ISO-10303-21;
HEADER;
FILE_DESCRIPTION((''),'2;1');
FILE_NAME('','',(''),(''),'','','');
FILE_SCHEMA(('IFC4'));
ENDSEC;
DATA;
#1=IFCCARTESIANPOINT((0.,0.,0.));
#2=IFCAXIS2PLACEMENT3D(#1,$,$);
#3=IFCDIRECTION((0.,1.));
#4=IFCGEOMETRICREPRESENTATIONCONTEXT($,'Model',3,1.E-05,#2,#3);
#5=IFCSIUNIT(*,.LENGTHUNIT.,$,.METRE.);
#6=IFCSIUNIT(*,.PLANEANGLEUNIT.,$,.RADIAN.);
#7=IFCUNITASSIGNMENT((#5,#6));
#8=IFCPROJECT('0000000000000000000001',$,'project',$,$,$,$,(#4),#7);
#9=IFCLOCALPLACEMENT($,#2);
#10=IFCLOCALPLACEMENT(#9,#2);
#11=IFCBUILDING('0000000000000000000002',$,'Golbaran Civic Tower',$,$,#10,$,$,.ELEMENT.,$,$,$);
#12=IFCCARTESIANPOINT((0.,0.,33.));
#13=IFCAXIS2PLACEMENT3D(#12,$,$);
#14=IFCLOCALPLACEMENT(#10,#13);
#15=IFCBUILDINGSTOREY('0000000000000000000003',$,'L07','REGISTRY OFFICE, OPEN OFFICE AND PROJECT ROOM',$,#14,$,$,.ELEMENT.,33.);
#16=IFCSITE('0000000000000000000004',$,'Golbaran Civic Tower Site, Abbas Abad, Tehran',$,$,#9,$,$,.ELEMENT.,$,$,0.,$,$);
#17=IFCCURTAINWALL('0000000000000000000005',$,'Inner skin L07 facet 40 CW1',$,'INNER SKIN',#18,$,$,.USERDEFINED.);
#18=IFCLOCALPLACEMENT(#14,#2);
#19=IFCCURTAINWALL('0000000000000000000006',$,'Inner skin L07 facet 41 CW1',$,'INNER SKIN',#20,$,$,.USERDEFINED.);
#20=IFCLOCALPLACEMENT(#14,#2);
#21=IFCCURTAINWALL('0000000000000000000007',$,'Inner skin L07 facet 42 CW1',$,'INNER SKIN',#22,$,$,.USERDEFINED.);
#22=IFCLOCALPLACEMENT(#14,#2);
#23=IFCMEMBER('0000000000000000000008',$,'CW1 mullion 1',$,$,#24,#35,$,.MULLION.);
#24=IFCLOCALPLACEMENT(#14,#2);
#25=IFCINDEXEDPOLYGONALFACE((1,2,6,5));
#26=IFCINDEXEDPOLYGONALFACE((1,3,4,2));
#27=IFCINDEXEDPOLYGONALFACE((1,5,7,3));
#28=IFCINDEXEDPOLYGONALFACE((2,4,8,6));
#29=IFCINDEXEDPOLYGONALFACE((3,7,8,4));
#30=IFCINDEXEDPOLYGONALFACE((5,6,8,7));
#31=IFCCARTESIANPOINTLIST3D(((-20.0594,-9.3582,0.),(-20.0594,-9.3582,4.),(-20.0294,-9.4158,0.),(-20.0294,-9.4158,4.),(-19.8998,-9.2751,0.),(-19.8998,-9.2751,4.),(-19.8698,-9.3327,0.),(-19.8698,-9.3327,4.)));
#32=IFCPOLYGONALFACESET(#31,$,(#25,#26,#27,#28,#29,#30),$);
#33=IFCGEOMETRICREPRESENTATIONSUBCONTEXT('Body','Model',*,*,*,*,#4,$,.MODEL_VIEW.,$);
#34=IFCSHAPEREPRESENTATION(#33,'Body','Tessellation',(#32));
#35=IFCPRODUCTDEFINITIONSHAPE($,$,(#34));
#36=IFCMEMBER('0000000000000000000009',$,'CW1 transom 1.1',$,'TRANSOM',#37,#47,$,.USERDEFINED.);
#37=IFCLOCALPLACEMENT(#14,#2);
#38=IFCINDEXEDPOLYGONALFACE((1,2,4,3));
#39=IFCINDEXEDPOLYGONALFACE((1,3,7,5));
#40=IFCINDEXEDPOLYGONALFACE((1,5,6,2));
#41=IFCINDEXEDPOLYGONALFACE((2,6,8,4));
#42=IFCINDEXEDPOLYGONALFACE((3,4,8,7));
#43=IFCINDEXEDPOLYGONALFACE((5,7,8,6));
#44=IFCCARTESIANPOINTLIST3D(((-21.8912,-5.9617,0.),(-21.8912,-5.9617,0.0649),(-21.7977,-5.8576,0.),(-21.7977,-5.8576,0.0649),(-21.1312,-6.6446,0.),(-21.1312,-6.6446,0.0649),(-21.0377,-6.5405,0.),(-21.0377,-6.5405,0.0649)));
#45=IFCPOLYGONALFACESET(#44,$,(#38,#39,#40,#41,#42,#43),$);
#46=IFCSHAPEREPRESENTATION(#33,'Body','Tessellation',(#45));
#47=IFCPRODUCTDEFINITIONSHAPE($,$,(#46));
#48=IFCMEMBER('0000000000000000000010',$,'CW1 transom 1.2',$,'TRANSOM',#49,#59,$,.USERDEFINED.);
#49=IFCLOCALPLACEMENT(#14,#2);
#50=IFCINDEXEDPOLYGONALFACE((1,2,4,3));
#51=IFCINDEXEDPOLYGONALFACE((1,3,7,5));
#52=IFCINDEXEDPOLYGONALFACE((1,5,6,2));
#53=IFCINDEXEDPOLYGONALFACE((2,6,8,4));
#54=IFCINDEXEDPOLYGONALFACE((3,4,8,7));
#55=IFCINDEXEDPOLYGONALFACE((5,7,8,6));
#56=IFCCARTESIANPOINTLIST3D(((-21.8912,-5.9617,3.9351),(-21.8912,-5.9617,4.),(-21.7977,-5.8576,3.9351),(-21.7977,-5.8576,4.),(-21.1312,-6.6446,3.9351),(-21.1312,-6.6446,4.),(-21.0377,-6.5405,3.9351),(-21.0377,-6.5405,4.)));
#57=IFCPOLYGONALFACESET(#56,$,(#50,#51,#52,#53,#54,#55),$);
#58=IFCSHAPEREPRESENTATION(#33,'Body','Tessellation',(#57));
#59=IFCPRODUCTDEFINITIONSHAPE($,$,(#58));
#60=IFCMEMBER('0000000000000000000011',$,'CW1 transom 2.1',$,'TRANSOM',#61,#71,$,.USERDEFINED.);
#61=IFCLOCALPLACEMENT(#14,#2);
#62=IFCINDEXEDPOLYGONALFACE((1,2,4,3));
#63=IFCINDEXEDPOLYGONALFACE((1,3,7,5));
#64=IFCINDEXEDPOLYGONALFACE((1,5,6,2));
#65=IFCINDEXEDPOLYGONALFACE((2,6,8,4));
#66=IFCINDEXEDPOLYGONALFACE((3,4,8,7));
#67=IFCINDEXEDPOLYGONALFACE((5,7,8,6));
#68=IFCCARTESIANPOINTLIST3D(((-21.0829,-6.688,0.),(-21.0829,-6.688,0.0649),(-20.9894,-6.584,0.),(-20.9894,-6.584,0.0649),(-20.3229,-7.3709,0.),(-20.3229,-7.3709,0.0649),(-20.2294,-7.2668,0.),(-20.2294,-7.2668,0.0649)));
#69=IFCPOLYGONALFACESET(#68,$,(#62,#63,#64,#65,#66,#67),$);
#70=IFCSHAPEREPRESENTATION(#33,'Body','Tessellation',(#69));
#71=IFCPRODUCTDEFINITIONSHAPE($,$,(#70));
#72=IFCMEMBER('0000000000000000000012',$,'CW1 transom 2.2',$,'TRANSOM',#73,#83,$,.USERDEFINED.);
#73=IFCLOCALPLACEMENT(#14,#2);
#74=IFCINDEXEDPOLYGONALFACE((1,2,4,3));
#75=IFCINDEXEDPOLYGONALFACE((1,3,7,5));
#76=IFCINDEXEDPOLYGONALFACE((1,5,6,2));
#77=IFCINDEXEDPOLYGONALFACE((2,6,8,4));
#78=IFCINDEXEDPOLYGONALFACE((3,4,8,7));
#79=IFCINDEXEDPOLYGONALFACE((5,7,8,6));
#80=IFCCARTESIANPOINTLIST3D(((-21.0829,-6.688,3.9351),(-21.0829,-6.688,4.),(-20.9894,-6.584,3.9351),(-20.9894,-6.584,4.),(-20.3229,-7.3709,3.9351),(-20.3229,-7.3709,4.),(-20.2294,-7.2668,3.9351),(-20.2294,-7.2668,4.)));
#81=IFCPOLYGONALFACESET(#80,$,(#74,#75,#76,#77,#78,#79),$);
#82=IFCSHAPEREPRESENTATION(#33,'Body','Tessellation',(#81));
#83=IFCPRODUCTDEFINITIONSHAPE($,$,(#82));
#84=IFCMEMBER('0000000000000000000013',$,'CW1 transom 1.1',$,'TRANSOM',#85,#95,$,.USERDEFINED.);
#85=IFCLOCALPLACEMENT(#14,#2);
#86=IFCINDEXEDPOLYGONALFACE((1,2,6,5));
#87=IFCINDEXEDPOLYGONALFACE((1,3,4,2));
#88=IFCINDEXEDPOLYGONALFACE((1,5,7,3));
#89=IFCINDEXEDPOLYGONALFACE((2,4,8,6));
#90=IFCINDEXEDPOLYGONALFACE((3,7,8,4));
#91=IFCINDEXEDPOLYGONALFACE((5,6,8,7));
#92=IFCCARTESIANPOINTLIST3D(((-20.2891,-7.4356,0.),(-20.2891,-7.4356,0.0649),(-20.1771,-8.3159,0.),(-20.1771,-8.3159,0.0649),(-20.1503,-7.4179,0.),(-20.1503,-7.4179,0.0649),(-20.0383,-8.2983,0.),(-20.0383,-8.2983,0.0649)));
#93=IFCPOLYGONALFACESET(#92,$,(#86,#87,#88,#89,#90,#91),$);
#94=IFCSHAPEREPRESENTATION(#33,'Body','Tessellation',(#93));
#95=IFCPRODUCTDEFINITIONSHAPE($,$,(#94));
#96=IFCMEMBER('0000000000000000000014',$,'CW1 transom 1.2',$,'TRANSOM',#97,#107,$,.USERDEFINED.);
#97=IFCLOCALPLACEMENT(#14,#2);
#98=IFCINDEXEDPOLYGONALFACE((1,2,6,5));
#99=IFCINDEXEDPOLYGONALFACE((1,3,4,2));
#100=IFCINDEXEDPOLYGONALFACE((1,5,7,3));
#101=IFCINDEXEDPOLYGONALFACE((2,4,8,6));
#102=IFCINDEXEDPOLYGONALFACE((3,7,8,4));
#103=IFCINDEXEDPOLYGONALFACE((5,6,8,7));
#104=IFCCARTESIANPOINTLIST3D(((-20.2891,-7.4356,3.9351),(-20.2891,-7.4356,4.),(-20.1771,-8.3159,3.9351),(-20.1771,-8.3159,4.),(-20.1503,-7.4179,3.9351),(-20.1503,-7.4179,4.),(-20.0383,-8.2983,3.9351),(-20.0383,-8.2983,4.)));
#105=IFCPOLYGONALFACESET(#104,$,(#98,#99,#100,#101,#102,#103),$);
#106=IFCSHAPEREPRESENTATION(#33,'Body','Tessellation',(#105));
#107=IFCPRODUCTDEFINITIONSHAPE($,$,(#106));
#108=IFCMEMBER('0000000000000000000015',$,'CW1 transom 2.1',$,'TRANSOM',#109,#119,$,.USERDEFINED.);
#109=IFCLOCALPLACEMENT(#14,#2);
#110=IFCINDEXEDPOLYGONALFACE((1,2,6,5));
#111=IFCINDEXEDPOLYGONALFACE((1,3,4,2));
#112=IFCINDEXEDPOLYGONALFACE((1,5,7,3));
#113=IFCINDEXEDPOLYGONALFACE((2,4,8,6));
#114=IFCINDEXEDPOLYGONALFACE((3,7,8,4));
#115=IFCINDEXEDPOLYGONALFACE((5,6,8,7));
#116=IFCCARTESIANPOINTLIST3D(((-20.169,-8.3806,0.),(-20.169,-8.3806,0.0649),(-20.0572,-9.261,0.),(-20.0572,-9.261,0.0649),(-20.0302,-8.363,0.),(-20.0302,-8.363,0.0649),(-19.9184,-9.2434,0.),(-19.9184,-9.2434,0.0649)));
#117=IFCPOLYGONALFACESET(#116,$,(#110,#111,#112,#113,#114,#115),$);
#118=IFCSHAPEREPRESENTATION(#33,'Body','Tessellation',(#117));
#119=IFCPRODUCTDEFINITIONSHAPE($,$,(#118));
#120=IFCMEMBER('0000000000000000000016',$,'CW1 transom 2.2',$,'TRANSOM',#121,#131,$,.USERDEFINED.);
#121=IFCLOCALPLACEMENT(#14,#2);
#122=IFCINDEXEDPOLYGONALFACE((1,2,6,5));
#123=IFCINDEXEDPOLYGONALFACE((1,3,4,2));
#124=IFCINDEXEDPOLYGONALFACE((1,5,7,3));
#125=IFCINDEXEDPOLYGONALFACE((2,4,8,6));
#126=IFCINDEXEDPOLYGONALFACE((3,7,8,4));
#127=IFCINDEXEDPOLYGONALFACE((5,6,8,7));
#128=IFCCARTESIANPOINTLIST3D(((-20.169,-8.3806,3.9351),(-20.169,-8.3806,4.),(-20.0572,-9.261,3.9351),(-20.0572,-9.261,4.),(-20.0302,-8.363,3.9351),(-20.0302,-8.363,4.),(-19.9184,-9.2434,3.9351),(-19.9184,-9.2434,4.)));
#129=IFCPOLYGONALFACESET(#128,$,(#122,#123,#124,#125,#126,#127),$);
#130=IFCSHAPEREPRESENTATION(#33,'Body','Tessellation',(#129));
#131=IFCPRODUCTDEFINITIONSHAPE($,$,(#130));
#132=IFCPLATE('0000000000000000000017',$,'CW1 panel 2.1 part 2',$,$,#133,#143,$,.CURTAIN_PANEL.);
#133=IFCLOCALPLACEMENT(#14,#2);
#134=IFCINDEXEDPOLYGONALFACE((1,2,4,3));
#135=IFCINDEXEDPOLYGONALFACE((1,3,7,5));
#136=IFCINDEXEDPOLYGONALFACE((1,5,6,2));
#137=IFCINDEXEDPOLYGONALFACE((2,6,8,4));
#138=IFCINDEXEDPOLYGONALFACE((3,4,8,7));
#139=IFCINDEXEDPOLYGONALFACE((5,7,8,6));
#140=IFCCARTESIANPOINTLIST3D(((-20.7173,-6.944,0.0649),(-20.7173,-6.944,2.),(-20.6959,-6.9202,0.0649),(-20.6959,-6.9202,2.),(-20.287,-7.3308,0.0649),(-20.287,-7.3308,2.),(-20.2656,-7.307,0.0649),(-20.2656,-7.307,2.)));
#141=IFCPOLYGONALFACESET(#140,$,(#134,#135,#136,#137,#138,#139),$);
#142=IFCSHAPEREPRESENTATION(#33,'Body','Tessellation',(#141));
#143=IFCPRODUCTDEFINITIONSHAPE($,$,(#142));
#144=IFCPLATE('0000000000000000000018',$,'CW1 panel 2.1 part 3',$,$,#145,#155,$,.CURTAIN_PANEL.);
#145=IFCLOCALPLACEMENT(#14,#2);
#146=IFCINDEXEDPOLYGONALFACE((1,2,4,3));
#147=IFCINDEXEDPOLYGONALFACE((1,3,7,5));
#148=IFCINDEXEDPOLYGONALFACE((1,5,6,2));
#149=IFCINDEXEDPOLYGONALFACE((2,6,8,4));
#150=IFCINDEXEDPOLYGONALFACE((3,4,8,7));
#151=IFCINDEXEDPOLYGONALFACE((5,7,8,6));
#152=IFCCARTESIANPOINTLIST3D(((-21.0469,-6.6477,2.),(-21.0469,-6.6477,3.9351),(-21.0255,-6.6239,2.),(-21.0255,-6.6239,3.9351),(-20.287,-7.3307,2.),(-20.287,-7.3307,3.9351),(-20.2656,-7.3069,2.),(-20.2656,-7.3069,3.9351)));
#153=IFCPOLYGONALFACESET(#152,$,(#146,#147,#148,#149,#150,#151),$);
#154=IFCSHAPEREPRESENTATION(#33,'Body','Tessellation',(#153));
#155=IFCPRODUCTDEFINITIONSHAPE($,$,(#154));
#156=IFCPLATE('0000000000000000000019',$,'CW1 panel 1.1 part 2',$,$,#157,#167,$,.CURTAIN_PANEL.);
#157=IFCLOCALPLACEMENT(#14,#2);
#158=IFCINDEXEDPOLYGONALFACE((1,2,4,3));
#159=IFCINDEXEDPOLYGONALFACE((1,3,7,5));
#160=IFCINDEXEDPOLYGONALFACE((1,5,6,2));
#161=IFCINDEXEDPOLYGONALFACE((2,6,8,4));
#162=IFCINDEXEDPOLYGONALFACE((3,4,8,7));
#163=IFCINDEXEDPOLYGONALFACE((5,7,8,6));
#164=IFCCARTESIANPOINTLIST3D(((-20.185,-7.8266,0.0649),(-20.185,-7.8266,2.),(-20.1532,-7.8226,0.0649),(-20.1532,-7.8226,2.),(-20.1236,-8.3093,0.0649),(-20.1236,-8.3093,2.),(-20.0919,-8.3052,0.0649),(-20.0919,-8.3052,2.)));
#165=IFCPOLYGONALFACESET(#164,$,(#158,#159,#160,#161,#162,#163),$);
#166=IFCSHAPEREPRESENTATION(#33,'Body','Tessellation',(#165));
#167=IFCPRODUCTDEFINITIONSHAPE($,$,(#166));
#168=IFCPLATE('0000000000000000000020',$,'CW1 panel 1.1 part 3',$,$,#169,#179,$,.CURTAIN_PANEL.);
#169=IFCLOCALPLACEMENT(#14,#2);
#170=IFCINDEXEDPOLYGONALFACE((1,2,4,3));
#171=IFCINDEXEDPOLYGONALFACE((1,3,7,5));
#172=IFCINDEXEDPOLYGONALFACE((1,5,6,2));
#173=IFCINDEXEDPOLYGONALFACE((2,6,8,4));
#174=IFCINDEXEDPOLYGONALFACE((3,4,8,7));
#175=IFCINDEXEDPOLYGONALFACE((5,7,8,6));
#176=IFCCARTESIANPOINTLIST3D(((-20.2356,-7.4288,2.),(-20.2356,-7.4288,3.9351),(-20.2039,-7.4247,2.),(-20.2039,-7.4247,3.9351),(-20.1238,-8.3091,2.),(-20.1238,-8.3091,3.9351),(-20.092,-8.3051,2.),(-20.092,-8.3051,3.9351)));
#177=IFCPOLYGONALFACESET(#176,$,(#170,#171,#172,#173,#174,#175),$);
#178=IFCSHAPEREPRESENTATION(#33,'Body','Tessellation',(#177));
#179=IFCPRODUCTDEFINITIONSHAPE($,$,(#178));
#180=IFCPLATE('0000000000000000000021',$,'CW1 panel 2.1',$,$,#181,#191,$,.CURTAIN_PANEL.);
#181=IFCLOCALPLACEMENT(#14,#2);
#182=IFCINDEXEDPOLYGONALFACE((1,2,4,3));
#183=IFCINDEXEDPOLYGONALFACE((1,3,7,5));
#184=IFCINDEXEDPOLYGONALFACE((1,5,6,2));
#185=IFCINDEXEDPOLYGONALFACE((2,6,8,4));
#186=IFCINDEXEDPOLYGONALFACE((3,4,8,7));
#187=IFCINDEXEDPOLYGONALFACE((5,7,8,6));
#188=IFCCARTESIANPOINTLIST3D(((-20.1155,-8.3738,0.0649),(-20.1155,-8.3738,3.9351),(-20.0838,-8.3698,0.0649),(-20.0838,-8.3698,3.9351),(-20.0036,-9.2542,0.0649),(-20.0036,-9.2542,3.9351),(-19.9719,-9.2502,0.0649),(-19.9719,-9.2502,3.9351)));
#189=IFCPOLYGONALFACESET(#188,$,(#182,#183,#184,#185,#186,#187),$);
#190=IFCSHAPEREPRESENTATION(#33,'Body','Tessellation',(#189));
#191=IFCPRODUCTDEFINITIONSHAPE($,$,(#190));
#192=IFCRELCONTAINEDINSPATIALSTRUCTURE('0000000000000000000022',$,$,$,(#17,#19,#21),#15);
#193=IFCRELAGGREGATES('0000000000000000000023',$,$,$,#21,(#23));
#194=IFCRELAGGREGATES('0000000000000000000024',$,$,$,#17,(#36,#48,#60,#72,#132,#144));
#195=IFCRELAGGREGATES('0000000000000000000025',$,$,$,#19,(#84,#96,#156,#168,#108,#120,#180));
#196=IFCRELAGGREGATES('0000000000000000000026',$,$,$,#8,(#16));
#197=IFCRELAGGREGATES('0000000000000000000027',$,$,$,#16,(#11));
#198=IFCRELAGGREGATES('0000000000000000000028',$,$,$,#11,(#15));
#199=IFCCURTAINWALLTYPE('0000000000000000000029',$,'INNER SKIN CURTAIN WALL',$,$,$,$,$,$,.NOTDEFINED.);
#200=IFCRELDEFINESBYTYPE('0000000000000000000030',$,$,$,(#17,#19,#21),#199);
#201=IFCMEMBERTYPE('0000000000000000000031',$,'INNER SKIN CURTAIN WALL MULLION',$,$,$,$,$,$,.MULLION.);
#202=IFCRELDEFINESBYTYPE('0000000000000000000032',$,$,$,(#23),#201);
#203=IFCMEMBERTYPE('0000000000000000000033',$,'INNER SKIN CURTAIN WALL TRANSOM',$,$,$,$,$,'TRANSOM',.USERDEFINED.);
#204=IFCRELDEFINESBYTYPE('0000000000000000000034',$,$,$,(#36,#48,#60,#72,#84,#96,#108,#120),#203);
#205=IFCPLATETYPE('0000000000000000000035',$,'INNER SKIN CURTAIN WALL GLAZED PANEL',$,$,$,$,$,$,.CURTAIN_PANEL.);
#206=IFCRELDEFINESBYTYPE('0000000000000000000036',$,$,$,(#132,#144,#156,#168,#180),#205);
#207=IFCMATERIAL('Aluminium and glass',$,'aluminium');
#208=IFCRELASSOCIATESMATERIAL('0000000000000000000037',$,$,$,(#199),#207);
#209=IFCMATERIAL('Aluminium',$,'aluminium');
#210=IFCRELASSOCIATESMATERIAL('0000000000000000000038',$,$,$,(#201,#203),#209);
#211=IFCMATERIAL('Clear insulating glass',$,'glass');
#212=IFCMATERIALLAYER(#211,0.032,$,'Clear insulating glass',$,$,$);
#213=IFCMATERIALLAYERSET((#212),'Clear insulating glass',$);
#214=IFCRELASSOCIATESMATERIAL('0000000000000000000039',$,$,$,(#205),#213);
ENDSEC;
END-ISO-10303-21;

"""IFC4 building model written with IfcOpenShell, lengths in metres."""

from ifc_helpers import new_model, si_unit, direction, frame, origin, origin_2d, place, context, subcontext, project, spatial, rectangle, extrude, material, layer, layer_set, material_profile, profile_set, type_object, element, aggregate, save


model = new_model("IFC4")

# Units and contexts
model_context = context("Model", 3, precision=1e-05, world=origin(), true_north=direction((0.0, 1.0)))
body_context = subcontext(model_context, "Body", "Model", "MODEL_VIEW")
ifc_project = project(units=[si_unit("LENGTHUNIT", "METRE"), si_unit("PLANEANGLEUNIT", "RADIAN")], contexts=[model_context])

# Site, building, storey
site_placement = place(None, origin())
site = spatial("IfcSite", under=ifc_project, at=site_placement, Name="Golbaran Civic Tower Site, Abbas Abad, Tehran", CompositionType="ELEMENT", RefElevation=0.0)
building_placement = place(site_placement, origin())
building = spatial("IfcBuilding", under=site, at=building_placement, Name="Golbaran Civic Tower", CompositionType="ELEMENT")
storey_placement = place(building_placement, frame((0.0, 0.0, 33.0)))
storey = spatial("IfcBuildingStorey", under=building, at=storey_placement, Name="L07", Description="REGISTRY OFFICE, OPEN OFFICE AND PROJECT ROOM", CompositionType="ELEMENT", Elevation=33.0)

# Shared definitions
ifc_material_1 = material(Name="Aluminium and glass", Category="aluminium")
curtain_wall_type = type_object("IfcCurtainWallType", Name="INNER SKIN CURTAIN WALL", PredefinedType="NOTDEFINED", material=ifc_material_1)
ifc_material_2 = material(Name="Aluminium", Category="aluminium")
ifc_material_profile_1 = material_profile(ifc_material_2, rectangle(XDim=0.1799, YDim=0.0649, at=origin_2d()), Name="INNER SKIN CURTAIN WALL MULLION")
ifc_profile_set_1 = profile_set([ifc_material_profile_1], Name="Aluminium")
member_type_1 = type_object("IfcMemberType", Name="INNER SKIN CURTAIN WALL MULLION", PredefinedType="MULLION", material=ifc_profile_set_1)

# Curtain walls
curtain_wall_1_placement = place(storey_placement, origin())
curtain_wall_1 = element("IfcCurtainWall", 1, at=curtain_wall_1_placement, inside=storey, type_object=curtain_wall_type, Name="Inner skin L07 facet 40 CW1", ObjectType="INNER SKIN", PredefinedType="USERDEFINED")
curtain_wall_2_placement = place(storey_placement, origin())
curtain_wall_2 = element("IfcCurtainWall", 2, at=curtain_wall_2_placement, inside=storey, type_object=curtain_wall_type, Name="Inner skin L07 facet 41 CW1", ObjectType="INNER SKIN", PredefinedType="USERDEFINED")

# Curtain wall, member
curtain_wall_3_placement = place(storey_placement, origin())
curtain_wall_3 = element("IfcCurtainWall", 3, at=curtain_wall_3_placement, inside=storey, type_object=curtain_wall_type, Name="Inner skin L07 facet 42 CW1", ObjectType="INNER SKIN", PredefinedType="USERDEFINED")
member_1_placement = place(storey_placement, frame((-19.9646, -9.3455, 0.0), z_axis=(0.0, 0.0, 1.0), x_axis=(0.887011, 0.461749, 0.0)))
member_1 = element("IfcMember", 4, at=member_1_placement, type_object=member_type_1, Name="CW1 mullion 1", PredefinedType="MULLION", context=body_context, shape_type="SweptSolid", body=[
    extrude(rectangle(XDim=0.1799, YDim=0.0649, at=origin_2d()), origin(), (0.0, 0.0, 1.0), 4.0),
])
aggregate(curtain_wall_3, [member_1])

# Members
ifc_material_profile_2 = material_profile(ifc_material_2, rectangle(XDim=0.1399, YDim=0.0649, at=origin_2d()), Name="INNER SKIN CURTAIN WALL TRANSOM")
ifc_profile_set_2 = profile_set([ifc_material_profile_2], Name="Aluminium")
member_type_2 = type_object("IfcMemberType", Name="INNER SKIN CURTAIN WALL TRANSOM", ElementType="TRANSOM", PredefinedType="USERDEFINED", material=ifc_profile_set_2)
member_2_placement = place(storey_placement, frame((-21.8445, -5.9097, 0.0325), z_axis=(0.743852, -0.668344, 0.0), x_axis=(0.668344, 0.743852, 0.0)))
member_2 = element("IfcMember", 5, at=member_2_placement, type_object=member_type_2, Name="CW1 transom 1.1", ObjectType="TRANSOM", PredefinedType="USERDEFINED", context=body_context, shape_type="SweptSolid", body=[
    extrude(rectangle(XDim=0.1399, YDim=0.0649, at=origin_2d()), origin(), (0.0, 0.0, 1.0), 1.0217),
])
member_3_placement = place(storey_placement, frame((-21.8445, -5.9097, 3.9675), z_axis=(0.743852, -0.668344, 0.0), x_axis=(0.668344, 0.743852, 0.0)))
member_3 = element("IfcMember", 6, at=member_3_placement, type_object=member_type_2, Name="CW1 transom 1.2", ObjectType="TRANSOM", PredefinedType="USERDEFINED", context=body_context, shape_type="SweptSolid", body=[
    extrude(rectangle(XDim=0.1399, YDim=0.0649, at=origin_2d()), origin(), (0.0, 0.0, 1.0), 1.0217),
])
member_4_placement = place(storey_placement, frame((-21.0361, -6.636, 0.0325), z_axis=(0.743852, -0.668344, 0.0), x_axis=(0.668344, 0.743852, 0.0)))
member_4 = element("IfcMember", 7, at=member_4_placement, type_object=member_type_2, Name="CW1 transom 2.1", ObjectType="TRANSOM", PredefinedType="USERDEFINED", context=body_context, shape_type="SweptSolid", body=[
    extrude(rectangle(XDim=0.1399, YDim=0.0649, at=origin_2d()), origin(), (0.0, 0.0, 1.0), 1.0217),
])
member_5_placement = place(storey_placement, frame((-21.0361, -6.636, 3.9675), z_axis=(0.743852, -0.668344, 0.0), x_axis=(0.668344, 0.743852, 0.0)))
member_5 = element("IfcMember", 8, at=member_5_placement, type_object=member_type_2, Name="CW1 transom 2.2", ObjectType="TRANSOM", PredefinedType="USERDEFINED", context=body_context, shape_type="SweptSolid", body=[
    extrude(rectangle(XDim=0.1399, YDim=0.0649, at=origin_2d()), origin(), (0.0, 0.0, 1.0), 1.0217),
])
member_6_placement = place(storey_placement, frame((-20.2197, -7.4268, 0.0325), z_axis=(0.126269, -0.991996, 0.0), x_axis=(0.991996, 0.126269, 0.0)))
member_6 = element("IfcMember", 9, at=member_6_placement, type_object=member_type_2, Name="CW1 transom 1.1", ObjectType="TRANSOM", PredefinedType="USERDEFINED", context=body_context, shape_type="SweptSolid", body=[
    extrude(rectangle(XDim=0.1399, YDim=0.0649, at=origin_2d()), origin(), (0.0, 0.0, 1.0), 0.8875),
])
member_7_placement = place(storey_placement, frame((-20.2197, -7.4268, 3.9675), z_axis=(0.126269, -0.991996, 0.0), x_axis=(0.991996, 0.126269, 0.0)))
member_7 = element("IfcMember", 10, at=member_7_placement, type_object=member_type_2, Name="CW1 transom 1.2", ObjectType="TRANSOM", PredefinedType="USERDEFINED", context=body_context, shape_type="SweptSolid", body=[
    extrude(rectangle(XDim=0.1399, YDim=0.0649, at=origin_2d()), origin(), (0.0, 0.0, 1.0), 0.8875),
])
member_8_placement = place(storey_placement, frame((-20.0996, -8.3718, 0.0325), z_axis=(0.125998, -0.99203, 0.0), x_axis=(0.99203, 0.125998, 0.0)))
member_8 = element("IfcMember", 11, at=member_8_placement, type_object=member_type_2, Name="CW1 transom 2.1", ObjectType="TRANSOM", PredefinedType="USERDEFINED", context=body_context, shape_type="SweptSolid", body=[
    extrude(rectangle(XDim=0.1399, YDim=0.0649, at=origin_2d()), origin(), (0.0, 0.0, 1.0), 0.8875),
])
member_9_placement = place(storey_placement, frame((-20.0996, -8.3718, 3.9675), z_axis=(0.125998, -0.99203, 0.0), x_axis=(0.99203, 0.125998, 0.0)))
member_9 = element("IfcMember", 12, at=member_9_placement, type_object=member_type_2, Name="CW1 transom 2.2", ObjectType="TRANSOM", PredefinedType="USERDEFINED", context=body_context, shape_type="SweptSolid", body=[
    extrude(rectangle(XDim=0.1399, YDim=0.0649, at=origin_2d()), origin(), (0.0, 0.0, 1.0), 0.8875),
])

# Plates
ifc_material_3 = material(Name="Clear insulating glass", Category="glass")
ifc_layer_1 = layer(ifc_material_3, 0.032, Name="Clear insulating glass")
ifc_layer_set_1 = layer_set([ifc_layer_1], Name="Clear insulating glass")
plate_type_1 = type_object("IfcPlateType", Name="INNER SKIN CURTAIN WALL GLAZED PANEL", PredefinedType="CURTAIN_PANEL", material=ifc_layer_set_1)
plate_1_placement = place(storey_placement, frame((-20.4915, -7.1255, 0.0649), z_axis=(0.0, 0.0, 1.0), x_axis=(0.743784, -0.66842, 0.0)))
plate_1 = element("IfcPlate", 13, at=plate_1_placement, type_object=plate_type_1, Name="CW1 panel 2.1 part 2", PredefinedType="CURTAIN_PANEL", context=body_context, shape_type="SweptSolid", body=[
    extrude(rectangle(XDim=0.5786, YDim=0.032, at=origin_2d()), origin(), (0.0, 0.0, 1.0), 1.9351),
])
plate_2_placement = place(storey_placement, frame((-20.6562, -6.9773, 2.0), z_axis=(0.0, 0.0, 1.0), x_axis=(0.743784, -0.66842, 0.0)))
plate_2 = element("IfcPlate", 14, at=plate_2_placement, type_object=plate_type_1, Name="CW1 panel 2.1 part 3", PredefinedType="CURTAIN_PANEL", context=body_context, shape_type="SweptSolid", body=[
    extrude(rectangle(XDim=1.0217, YDim=0.032, at=origin_2d()), origin(), (0.0, 0.0, 1.0), 1.9351),
])
plate_3_placement = place(storey_placement, frame((-20.1384, -8.0659, 0.0649), z_axis=(0.0, 0.0, 1.0), x_axis=(0.126024, -0.992027, 0.0)))
plate_3 = element("IfcPlate", 15, at=plate_3_placement, type_object=plate_type_1, Name="CW1 panel 1.1 part 2", PredefinedType="CURTAIN_PANEL", context=body_context, shape_type="SweptSolid", body=[
    extrude(rectangle(XDim=0.4866, YDim=0.032, at=origin_2d()), origin(), (0.0, 0.0, 1.0), 1.9351),
])
plate_4_placement = place(storey_placement, frame((-20.1638, -7.8669, 2.0), z_axis=(0.0, 0.0, 1.0), x_axis=(0.126024, -0.992027, 0.0)))
plate_4 = element("IfcPlate", 16, at=plate_4_placement, type_object=plate_type_1, Name="CW1 panel 1.1 part 3", PredefinedType="CURTAIN_PANEL", context=body_context, shape_type="SweptSolid", body=[
    extrude(rectangle(XDim=0.8875, YDim=0.032, at=origin_2d()), origin(), (0.0, 0.0, 1.0), 1.9351),
])
plate_5_placement = place(storey_placement, frame((-20.0437, -8.812, 0.0649), z_axis=(0.0, 0.0, 1.0), x_axis=(0.126024, -0.992027, 0.0)))
plate_5 = element("IfcPlate", 17, at=plate_5_placement, type_object=plate_type_1, Name="CW1 panel 2.1", PredefinedType="CURTAIN_PANEL", context=body_context, shape_type="SweptSolid", body=[
    extrude(rectangle(XDim=0.8875, YDim=0.032, at=origin_2d()), origin(), (0.0, 0.0, 1.0), 3.8701),
])
aggregate(curtain_wall_1, [member_2, member_3, member_4, member_5, plate_1, plate_2])
aggregate(curtain_wall_2, [member_6, member_7, plate_3, plate_4, member_8, member_9, plate_5])

save(model, "model.ifc")
